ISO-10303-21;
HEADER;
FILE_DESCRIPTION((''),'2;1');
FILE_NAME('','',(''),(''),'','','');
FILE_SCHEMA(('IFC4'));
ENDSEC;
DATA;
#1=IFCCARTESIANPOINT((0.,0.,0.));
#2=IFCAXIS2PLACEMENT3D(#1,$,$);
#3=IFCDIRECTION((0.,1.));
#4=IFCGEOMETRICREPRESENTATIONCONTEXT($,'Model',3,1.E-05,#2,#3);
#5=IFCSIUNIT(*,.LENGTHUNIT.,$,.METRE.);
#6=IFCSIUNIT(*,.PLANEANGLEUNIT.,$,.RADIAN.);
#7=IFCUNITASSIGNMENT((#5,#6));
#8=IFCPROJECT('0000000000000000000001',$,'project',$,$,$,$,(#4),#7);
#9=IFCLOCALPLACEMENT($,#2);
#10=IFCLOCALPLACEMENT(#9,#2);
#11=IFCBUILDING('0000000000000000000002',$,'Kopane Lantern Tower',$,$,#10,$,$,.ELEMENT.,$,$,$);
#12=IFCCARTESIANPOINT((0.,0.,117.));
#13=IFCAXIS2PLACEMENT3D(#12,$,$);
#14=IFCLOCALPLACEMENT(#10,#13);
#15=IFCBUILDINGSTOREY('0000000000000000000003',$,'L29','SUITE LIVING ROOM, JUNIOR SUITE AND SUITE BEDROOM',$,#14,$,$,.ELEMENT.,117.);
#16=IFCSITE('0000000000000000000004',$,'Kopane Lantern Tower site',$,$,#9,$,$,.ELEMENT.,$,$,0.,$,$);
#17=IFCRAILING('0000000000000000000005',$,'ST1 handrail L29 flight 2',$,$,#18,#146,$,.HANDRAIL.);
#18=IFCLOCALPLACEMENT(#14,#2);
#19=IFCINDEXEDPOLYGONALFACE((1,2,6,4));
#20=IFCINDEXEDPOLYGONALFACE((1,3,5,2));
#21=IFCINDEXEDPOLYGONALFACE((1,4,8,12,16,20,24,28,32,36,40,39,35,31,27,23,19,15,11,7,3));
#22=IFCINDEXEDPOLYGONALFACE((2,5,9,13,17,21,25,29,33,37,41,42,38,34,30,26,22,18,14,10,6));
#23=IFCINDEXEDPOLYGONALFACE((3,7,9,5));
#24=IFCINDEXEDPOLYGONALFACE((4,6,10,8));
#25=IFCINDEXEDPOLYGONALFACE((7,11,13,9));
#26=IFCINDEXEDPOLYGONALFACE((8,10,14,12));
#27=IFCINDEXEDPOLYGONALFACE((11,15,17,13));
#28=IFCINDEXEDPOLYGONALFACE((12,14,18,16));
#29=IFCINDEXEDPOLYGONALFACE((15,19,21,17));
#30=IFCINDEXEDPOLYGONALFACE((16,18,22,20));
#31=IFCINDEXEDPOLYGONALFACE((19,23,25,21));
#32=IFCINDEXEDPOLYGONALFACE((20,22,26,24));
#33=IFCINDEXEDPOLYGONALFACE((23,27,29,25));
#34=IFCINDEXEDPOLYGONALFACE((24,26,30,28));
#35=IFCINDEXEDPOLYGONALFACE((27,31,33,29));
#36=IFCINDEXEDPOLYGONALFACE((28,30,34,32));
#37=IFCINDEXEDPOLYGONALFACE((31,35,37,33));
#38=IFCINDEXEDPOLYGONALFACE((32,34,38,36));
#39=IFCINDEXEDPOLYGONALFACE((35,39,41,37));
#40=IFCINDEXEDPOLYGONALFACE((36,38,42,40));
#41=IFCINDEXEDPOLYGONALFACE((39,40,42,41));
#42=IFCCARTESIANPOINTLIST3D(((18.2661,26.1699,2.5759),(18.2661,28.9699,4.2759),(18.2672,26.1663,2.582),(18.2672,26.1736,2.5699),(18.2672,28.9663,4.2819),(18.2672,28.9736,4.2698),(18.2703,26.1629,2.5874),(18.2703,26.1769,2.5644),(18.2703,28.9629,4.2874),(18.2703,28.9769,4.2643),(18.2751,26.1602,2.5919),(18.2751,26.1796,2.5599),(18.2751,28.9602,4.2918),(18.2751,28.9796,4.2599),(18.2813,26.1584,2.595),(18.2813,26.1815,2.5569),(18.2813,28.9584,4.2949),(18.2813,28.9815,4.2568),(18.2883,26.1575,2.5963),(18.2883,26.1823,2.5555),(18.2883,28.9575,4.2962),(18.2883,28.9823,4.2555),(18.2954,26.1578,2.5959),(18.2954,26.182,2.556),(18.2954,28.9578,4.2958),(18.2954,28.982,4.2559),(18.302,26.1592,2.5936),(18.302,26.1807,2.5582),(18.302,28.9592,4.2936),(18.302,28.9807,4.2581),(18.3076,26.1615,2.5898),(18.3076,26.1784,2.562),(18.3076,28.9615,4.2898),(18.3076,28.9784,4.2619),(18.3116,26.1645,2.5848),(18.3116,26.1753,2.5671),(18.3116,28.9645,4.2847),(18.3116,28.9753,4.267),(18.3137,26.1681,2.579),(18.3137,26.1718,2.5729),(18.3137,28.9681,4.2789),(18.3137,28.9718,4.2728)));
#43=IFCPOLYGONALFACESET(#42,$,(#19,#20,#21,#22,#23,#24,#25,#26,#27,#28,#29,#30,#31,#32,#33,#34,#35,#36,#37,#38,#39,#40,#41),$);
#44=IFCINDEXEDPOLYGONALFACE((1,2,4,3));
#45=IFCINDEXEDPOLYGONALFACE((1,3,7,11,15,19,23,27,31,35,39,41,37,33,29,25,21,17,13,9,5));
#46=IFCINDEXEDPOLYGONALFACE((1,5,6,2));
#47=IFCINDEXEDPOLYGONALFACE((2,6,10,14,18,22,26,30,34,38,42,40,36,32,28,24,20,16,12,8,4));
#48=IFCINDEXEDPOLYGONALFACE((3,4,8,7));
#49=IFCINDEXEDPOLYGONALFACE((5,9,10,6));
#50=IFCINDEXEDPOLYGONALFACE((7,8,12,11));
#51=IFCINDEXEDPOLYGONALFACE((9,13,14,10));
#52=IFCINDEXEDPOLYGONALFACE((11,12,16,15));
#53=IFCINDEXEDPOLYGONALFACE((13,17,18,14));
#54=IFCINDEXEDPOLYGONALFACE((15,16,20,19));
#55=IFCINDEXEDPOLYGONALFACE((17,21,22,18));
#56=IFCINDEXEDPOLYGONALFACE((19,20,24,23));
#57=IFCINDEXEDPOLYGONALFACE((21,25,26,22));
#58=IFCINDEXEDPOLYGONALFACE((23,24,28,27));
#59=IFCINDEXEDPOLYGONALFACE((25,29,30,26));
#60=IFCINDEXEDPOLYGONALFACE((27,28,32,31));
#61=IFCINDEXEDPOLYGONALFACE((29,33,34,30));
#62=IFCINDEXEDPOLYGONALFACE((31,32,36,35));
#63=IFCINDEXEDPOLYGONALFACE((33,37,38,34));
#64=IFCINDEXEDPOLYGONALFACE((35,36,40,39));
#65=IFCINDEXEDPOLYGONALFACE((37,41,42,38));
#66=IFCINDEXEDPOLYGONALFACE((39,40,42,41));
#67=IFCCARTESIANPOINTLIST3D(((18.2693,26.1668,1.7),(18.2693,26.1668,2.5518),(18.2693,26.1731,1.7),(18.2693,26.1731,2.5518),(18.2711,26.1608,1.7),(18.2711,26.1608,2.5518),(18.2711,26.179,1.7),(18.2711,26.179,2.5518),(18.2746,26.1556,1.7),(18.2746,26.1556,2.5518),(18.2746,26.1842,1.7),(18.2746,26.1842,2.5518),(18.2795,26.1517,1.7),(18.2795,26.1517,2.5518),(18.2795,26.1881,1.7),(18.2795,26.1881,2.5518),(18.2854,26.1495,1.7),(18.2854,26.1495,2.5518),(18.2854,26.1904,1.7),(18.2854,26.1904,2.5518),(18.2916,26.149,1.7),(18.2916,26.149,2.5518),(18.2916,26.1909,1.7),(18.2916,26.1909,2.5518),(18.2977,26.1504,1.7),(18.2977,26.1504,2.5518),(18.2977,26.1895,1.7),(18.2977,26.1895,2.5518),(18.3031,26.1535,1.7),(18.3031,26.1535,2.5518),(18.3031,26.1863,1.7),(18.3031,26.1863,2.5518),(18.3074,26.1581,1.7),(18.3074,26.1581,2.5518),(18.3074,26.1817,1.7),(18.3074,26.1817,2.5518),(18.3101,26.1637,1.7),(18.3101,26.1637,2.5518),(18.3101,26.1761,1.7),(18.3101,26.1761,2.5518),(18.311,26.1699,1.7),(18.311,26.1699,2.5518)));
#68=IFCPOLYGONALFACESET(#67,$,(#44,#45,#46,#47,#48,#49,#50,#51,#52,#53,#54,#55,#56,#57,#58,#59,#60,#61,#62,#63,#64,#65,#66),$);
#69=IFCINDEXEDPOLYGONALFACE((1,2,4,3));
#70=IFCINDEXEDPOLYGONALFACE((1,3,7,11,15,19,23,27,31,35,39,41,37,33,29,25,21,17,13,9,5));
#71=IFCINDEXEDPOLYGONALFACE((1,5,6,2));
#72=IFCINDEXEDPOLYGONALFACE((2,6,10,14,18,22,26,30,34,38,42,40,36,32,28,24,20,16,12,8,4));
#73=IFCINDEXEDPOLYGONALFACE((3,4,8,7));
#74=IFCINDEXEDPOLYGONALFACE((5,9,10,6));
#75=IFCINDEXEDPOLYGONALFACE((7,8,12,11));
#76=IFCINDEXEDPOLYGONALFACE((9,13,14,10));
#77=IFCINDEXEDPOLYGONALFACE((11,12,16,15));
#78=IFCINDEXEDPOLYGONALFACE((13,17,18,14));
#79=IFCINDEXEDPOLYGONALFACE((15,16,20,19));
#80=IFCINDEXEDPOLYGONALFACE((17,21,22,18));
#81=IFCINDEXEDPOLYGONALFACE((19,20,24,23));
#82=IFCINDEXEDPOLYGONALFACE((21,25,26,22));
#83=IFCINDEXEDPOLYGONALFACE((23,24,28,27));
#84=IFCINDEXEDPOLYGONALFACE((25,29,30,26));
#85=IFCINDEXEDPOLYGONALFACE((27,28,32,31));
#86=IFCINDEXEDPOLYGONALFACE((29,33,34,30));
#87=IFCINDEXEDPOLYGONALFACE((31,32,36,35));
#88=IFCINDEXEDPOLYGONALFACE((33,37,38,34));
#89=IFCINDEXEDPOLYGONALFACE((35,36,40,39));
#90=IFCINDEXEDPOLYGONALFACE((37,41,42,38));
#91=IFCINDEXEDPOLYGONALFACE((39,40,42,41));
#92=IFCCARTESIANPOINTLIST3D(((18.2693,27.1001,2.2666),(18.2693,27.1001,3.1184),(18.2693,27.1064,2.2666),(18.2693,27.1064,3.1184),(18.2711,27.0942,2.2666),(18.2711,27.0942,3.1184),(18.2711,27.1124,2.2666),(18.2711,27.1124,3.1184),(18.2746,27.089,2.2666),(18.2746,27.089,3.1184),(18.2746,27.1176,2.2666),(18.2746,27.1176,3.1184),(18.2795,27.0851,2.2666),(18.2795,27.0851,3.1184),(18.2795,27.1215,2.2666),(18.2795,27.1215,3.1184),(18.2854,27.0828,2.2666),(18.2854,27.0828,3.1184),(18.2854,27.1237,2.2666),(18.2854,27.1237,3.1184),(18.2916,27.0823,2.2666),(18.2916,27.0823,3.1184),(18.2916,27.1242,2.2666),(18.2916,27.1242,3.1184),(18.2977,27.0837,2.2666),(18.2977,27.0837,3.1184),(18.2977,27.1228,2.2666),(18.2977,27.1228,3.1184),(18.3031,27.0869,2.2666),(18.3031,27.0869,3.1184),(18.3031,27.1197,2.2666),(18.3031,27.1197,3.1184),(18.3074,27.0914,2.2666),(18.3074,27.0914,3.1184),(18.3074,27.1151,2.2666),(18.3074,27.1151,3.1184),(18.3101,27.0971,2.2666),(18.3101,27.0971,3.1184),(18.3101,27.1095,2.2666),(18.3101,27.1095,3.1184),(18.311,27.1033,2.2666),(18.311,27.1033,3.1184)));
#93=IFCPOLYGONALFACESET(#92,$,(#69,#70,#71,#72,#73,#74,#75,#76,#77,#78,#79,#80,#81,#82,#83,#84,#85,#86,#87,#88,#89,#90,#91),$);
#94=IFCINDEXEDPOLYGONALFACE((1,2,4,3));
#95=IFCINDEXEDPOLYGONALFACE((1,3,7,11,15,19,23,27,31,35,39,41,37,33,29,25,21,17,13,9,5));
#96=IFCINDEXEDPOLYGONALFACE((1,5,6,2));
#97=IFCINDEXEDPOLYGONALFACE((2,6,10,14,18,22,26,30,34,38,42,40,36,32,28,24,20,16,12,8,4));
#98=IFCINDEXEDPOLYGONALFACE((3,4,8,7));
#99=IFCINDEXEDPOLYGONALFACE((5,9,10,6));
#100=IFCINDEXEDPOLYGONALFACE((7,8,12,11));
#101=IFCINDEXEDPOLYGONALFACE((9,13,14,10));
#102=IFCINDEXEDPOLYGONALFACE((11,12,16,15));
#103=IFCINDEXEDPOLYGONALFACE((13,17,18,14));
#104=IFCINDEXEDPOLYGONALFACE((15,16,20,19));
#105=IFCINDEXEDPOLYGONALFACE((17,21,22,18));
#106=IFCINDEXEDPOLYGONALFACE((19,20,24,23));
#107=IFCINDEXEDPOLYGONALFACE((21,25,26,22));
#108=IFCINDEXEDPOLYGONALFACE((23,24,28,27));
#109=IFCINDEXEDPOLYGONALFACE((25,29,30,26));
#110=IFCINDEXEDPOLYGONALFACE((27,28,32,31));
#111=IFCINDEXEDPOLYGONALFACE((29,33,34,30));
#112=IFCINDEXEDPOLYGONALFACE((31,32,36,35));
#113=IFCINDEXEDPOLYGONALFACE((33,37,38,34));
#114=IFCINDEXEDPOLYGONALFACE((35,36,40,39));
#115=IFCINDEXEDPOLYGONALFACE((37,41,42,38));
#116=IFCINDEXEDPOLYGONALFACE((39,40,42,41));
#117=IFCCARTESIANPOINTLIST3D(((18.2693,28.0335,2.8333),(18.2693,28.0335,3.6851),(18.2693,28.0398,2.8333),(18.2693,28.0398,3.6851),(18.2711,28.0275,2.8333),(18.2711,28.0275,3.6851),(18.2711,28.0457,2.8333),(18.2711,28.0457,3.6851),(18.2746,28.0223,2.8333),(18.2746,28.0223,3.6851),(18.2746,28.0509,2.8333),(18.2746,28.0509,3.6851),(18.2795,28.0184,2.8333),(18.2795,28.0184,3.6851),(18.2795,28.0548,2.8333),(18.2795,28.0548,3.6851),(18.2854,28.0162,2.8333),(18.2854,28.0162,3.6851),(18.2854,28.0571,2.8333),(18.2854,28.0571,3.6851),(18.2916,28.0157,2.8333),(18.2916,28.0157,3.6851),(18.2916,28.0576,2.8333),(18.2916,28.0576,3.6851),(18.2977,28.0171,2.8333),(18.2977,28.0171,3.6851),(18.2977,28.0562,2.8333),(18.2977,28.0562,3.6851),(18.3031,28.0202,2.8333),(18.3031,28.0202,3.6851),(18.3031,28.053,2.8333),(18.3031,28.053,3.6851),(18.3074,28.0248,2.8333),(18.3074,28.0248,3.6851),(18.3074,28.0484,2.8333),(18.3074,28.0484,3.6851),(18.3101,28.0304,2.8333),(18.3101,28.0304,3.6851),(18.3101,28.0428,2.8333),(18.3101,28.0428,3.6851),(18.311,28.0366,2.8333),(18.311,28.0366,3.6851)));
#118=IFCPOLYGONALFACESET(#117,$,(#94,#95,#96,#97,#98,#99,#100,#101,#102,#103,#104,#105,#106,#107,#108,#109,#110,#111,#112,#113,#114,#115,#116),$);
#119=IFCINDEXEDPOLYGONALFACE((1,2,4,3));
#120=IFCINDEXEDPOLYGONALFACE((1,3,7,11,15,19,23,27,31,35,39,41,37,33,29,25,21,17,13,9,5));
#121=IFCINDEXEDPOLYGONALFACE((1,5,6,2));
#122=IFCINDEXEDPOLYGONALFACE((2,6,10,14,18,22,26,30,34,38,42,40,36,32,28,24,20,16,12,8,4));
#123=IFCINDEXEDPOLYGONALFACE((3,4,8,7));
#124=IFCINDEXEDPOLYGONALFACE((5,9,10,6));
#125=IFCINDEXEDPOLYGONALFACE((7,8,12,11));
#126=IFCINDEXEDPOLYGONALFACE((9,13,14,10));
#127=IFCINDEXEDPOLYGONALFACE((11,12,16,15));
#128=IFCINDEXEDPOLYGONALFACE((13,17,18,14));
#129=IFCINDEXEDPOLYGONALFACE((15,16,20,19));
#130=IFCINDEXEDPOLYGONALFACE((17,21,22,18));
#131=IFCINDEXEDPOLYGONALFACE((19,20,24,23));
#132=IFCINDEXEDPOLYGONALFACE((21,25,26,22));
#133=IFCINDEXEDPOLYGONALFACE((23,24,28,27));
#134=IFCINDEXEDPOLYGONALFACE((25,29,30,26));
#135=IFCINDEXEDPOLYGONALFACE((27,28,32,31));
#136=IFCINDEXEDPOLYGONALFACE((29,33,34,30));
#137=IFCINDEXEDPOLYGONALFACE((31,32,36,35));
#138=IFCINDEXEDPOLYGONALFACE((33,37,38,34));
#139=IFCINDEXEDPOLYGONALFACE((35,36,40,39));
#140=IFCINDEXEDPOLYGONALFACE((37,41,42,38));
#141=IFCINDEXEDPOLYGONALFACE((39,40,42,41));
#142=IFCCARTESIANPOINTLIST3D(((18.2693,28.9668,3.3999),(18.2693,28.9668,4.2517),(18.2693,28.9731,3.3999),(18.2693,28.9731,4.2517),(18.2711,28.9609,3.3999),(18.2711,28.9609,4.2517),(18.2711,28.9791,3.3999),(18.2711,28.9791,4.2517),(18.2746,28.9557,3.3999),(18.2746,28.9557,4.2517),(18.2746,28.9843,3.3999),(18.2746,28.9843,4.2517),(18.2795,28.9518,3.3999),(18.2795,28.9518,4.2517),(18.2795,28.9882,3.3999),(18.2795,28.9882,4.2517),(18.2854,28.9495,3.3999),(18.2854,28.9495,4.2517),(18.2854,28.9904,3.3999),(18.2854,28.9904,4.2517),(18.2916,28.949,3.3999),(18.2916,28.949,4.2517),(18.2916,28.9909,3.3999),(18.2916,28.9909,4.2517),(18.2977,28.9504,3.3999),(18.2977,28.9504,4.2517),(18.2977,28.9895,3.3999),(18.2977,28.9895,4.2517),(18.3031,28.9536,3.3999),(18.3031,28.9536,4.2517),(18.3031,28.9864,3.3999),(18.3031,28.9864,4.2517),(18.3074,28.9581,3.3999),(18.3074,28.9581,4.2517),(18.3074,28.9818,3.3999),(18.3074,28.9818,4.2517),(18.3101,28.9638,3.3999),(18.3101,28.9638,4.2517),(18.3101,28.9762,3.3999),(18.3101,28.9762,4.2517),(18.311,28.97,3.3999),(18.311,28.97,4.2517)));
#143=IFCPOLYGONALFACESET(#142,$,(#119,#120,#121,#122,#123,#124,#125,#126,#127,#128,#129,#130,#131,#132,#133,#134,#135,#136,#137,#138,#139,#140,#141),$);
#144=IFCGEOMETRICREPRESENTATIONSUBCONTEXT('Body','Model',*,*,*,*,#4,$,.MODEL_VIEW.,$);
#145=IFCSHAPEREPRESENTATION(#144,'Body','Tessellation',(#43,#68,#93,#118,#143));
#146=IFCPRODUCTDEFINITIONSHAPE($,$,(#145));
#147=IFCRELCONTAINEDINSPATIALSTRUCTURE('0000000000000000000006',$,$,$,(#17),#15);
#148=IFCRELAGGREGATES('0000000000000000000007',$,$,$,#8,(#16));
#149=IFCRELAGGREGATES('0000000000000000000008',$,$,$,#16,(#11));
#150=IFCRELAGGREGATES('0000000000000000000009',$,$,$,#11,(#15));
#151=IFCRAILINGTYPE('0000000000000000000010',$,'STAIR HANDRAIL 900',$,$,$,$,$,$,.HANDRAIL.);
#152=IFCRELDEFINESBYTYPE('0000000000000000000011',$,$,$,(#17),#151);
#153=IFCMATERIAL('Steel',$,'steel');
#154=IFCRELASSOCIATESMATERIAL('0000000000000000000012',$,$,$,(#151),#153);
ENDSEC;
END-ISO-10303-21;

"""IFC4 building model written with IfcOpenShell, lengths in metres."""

from ifc_helpers import new_model, si_unit, direction, frame, origin, origin_2d, place, context, subcontext, project, spatial, circle, extrude, material, type_object, element, save


model = new_model("IFC4")

# Units and contexts
model_context = context("Model", 3, precision=1e-05, world=origin(), true_north=direction((0.0, 1.0)))
body_context = subcontext(model_context, "Body", "Model", "MODEL_VIEW")
ifc_project = project(units=[si_unit("LENGTHUNIT", "METRE"), si_unit("PLANEANGLEUNIT", "RADIAN")], contexts=[model_context])

# Site, building, storey
site_placement = place(None, origin())
site = spatial("IfcSite", under=ifc_project, at=site_placement, Name="Kopane Lantern Tower site", CompositionType="ELEMENT", RefElevation=0.0)
building_placement = place(site_placement, origin())
building = spatial("IfcBuilding", under=site, at=building_placement, Name="Kopane Lantern Tower", CompositionType="ELEMENT")
storey_placement = place(building_placement, frame((0.0, 0.0, 117.0)))
storey = spatial("IfcBuildingStorey", under=building, at=storey_placement, Name="L29", Description="SUITE LIVING ROOM, JUNIOR SUITE AND SUITE BEDROOM", CompositionType="ELEMENT", Elevation=117.0)

# Railing
ifc_material_1 = material(Name="Steel", Category="steel")
railing_type = type_object("IfcRailingType", Name="STAIR HANDRAIL 900", PredefinedType="HANDRAIL", material=ifc_material_1)
for number, where, name in (
    (1, (18.29, 26.1699, 1.7), "ST1 handrail L29 flight 2"),
):
    element("IfcRailing", number, at=place(storey_placement, frame(where)), inside=storey, type_object=railing_type, Name=name, PredefinedType="HANDRAIL", context=body_context, shape_type="SweptSolid", body=[
        extrude(circle(Radius=0.0239, at=origin_2d()), frame((0.0, 0.0, 0.876), z_axis=(0.0, 0.854798, 0.518961), x_axis=(-1.0, 0.0, 0.0)), (0.0, 0.0, 1.0), 3.2756),
        extrude(circle(Radius=0.021, at=origin_2d()), origin(), (0.0, 0.0, 1.0), 0.8518),
        extrude(circle(Radius=0.021, at=origin_2d()), frame((0.0, 0.9333, 0.5667)), (0.0, 0.0, 1.0), 0.8518),
        extrude(circle(Radius=0.021, at=origin_2d()), frame((0.0, 1.8667, 1.1333)), (0.0, 0.0, 1.0), 0.8518),
        extrude(circle(Radius=0.021, at=origin_2d()), frame((0.0, 2.8, 1.7)), (0.0, 0.0, 1.0), 0.8518),
    ])

save(model, "model.ifc")
